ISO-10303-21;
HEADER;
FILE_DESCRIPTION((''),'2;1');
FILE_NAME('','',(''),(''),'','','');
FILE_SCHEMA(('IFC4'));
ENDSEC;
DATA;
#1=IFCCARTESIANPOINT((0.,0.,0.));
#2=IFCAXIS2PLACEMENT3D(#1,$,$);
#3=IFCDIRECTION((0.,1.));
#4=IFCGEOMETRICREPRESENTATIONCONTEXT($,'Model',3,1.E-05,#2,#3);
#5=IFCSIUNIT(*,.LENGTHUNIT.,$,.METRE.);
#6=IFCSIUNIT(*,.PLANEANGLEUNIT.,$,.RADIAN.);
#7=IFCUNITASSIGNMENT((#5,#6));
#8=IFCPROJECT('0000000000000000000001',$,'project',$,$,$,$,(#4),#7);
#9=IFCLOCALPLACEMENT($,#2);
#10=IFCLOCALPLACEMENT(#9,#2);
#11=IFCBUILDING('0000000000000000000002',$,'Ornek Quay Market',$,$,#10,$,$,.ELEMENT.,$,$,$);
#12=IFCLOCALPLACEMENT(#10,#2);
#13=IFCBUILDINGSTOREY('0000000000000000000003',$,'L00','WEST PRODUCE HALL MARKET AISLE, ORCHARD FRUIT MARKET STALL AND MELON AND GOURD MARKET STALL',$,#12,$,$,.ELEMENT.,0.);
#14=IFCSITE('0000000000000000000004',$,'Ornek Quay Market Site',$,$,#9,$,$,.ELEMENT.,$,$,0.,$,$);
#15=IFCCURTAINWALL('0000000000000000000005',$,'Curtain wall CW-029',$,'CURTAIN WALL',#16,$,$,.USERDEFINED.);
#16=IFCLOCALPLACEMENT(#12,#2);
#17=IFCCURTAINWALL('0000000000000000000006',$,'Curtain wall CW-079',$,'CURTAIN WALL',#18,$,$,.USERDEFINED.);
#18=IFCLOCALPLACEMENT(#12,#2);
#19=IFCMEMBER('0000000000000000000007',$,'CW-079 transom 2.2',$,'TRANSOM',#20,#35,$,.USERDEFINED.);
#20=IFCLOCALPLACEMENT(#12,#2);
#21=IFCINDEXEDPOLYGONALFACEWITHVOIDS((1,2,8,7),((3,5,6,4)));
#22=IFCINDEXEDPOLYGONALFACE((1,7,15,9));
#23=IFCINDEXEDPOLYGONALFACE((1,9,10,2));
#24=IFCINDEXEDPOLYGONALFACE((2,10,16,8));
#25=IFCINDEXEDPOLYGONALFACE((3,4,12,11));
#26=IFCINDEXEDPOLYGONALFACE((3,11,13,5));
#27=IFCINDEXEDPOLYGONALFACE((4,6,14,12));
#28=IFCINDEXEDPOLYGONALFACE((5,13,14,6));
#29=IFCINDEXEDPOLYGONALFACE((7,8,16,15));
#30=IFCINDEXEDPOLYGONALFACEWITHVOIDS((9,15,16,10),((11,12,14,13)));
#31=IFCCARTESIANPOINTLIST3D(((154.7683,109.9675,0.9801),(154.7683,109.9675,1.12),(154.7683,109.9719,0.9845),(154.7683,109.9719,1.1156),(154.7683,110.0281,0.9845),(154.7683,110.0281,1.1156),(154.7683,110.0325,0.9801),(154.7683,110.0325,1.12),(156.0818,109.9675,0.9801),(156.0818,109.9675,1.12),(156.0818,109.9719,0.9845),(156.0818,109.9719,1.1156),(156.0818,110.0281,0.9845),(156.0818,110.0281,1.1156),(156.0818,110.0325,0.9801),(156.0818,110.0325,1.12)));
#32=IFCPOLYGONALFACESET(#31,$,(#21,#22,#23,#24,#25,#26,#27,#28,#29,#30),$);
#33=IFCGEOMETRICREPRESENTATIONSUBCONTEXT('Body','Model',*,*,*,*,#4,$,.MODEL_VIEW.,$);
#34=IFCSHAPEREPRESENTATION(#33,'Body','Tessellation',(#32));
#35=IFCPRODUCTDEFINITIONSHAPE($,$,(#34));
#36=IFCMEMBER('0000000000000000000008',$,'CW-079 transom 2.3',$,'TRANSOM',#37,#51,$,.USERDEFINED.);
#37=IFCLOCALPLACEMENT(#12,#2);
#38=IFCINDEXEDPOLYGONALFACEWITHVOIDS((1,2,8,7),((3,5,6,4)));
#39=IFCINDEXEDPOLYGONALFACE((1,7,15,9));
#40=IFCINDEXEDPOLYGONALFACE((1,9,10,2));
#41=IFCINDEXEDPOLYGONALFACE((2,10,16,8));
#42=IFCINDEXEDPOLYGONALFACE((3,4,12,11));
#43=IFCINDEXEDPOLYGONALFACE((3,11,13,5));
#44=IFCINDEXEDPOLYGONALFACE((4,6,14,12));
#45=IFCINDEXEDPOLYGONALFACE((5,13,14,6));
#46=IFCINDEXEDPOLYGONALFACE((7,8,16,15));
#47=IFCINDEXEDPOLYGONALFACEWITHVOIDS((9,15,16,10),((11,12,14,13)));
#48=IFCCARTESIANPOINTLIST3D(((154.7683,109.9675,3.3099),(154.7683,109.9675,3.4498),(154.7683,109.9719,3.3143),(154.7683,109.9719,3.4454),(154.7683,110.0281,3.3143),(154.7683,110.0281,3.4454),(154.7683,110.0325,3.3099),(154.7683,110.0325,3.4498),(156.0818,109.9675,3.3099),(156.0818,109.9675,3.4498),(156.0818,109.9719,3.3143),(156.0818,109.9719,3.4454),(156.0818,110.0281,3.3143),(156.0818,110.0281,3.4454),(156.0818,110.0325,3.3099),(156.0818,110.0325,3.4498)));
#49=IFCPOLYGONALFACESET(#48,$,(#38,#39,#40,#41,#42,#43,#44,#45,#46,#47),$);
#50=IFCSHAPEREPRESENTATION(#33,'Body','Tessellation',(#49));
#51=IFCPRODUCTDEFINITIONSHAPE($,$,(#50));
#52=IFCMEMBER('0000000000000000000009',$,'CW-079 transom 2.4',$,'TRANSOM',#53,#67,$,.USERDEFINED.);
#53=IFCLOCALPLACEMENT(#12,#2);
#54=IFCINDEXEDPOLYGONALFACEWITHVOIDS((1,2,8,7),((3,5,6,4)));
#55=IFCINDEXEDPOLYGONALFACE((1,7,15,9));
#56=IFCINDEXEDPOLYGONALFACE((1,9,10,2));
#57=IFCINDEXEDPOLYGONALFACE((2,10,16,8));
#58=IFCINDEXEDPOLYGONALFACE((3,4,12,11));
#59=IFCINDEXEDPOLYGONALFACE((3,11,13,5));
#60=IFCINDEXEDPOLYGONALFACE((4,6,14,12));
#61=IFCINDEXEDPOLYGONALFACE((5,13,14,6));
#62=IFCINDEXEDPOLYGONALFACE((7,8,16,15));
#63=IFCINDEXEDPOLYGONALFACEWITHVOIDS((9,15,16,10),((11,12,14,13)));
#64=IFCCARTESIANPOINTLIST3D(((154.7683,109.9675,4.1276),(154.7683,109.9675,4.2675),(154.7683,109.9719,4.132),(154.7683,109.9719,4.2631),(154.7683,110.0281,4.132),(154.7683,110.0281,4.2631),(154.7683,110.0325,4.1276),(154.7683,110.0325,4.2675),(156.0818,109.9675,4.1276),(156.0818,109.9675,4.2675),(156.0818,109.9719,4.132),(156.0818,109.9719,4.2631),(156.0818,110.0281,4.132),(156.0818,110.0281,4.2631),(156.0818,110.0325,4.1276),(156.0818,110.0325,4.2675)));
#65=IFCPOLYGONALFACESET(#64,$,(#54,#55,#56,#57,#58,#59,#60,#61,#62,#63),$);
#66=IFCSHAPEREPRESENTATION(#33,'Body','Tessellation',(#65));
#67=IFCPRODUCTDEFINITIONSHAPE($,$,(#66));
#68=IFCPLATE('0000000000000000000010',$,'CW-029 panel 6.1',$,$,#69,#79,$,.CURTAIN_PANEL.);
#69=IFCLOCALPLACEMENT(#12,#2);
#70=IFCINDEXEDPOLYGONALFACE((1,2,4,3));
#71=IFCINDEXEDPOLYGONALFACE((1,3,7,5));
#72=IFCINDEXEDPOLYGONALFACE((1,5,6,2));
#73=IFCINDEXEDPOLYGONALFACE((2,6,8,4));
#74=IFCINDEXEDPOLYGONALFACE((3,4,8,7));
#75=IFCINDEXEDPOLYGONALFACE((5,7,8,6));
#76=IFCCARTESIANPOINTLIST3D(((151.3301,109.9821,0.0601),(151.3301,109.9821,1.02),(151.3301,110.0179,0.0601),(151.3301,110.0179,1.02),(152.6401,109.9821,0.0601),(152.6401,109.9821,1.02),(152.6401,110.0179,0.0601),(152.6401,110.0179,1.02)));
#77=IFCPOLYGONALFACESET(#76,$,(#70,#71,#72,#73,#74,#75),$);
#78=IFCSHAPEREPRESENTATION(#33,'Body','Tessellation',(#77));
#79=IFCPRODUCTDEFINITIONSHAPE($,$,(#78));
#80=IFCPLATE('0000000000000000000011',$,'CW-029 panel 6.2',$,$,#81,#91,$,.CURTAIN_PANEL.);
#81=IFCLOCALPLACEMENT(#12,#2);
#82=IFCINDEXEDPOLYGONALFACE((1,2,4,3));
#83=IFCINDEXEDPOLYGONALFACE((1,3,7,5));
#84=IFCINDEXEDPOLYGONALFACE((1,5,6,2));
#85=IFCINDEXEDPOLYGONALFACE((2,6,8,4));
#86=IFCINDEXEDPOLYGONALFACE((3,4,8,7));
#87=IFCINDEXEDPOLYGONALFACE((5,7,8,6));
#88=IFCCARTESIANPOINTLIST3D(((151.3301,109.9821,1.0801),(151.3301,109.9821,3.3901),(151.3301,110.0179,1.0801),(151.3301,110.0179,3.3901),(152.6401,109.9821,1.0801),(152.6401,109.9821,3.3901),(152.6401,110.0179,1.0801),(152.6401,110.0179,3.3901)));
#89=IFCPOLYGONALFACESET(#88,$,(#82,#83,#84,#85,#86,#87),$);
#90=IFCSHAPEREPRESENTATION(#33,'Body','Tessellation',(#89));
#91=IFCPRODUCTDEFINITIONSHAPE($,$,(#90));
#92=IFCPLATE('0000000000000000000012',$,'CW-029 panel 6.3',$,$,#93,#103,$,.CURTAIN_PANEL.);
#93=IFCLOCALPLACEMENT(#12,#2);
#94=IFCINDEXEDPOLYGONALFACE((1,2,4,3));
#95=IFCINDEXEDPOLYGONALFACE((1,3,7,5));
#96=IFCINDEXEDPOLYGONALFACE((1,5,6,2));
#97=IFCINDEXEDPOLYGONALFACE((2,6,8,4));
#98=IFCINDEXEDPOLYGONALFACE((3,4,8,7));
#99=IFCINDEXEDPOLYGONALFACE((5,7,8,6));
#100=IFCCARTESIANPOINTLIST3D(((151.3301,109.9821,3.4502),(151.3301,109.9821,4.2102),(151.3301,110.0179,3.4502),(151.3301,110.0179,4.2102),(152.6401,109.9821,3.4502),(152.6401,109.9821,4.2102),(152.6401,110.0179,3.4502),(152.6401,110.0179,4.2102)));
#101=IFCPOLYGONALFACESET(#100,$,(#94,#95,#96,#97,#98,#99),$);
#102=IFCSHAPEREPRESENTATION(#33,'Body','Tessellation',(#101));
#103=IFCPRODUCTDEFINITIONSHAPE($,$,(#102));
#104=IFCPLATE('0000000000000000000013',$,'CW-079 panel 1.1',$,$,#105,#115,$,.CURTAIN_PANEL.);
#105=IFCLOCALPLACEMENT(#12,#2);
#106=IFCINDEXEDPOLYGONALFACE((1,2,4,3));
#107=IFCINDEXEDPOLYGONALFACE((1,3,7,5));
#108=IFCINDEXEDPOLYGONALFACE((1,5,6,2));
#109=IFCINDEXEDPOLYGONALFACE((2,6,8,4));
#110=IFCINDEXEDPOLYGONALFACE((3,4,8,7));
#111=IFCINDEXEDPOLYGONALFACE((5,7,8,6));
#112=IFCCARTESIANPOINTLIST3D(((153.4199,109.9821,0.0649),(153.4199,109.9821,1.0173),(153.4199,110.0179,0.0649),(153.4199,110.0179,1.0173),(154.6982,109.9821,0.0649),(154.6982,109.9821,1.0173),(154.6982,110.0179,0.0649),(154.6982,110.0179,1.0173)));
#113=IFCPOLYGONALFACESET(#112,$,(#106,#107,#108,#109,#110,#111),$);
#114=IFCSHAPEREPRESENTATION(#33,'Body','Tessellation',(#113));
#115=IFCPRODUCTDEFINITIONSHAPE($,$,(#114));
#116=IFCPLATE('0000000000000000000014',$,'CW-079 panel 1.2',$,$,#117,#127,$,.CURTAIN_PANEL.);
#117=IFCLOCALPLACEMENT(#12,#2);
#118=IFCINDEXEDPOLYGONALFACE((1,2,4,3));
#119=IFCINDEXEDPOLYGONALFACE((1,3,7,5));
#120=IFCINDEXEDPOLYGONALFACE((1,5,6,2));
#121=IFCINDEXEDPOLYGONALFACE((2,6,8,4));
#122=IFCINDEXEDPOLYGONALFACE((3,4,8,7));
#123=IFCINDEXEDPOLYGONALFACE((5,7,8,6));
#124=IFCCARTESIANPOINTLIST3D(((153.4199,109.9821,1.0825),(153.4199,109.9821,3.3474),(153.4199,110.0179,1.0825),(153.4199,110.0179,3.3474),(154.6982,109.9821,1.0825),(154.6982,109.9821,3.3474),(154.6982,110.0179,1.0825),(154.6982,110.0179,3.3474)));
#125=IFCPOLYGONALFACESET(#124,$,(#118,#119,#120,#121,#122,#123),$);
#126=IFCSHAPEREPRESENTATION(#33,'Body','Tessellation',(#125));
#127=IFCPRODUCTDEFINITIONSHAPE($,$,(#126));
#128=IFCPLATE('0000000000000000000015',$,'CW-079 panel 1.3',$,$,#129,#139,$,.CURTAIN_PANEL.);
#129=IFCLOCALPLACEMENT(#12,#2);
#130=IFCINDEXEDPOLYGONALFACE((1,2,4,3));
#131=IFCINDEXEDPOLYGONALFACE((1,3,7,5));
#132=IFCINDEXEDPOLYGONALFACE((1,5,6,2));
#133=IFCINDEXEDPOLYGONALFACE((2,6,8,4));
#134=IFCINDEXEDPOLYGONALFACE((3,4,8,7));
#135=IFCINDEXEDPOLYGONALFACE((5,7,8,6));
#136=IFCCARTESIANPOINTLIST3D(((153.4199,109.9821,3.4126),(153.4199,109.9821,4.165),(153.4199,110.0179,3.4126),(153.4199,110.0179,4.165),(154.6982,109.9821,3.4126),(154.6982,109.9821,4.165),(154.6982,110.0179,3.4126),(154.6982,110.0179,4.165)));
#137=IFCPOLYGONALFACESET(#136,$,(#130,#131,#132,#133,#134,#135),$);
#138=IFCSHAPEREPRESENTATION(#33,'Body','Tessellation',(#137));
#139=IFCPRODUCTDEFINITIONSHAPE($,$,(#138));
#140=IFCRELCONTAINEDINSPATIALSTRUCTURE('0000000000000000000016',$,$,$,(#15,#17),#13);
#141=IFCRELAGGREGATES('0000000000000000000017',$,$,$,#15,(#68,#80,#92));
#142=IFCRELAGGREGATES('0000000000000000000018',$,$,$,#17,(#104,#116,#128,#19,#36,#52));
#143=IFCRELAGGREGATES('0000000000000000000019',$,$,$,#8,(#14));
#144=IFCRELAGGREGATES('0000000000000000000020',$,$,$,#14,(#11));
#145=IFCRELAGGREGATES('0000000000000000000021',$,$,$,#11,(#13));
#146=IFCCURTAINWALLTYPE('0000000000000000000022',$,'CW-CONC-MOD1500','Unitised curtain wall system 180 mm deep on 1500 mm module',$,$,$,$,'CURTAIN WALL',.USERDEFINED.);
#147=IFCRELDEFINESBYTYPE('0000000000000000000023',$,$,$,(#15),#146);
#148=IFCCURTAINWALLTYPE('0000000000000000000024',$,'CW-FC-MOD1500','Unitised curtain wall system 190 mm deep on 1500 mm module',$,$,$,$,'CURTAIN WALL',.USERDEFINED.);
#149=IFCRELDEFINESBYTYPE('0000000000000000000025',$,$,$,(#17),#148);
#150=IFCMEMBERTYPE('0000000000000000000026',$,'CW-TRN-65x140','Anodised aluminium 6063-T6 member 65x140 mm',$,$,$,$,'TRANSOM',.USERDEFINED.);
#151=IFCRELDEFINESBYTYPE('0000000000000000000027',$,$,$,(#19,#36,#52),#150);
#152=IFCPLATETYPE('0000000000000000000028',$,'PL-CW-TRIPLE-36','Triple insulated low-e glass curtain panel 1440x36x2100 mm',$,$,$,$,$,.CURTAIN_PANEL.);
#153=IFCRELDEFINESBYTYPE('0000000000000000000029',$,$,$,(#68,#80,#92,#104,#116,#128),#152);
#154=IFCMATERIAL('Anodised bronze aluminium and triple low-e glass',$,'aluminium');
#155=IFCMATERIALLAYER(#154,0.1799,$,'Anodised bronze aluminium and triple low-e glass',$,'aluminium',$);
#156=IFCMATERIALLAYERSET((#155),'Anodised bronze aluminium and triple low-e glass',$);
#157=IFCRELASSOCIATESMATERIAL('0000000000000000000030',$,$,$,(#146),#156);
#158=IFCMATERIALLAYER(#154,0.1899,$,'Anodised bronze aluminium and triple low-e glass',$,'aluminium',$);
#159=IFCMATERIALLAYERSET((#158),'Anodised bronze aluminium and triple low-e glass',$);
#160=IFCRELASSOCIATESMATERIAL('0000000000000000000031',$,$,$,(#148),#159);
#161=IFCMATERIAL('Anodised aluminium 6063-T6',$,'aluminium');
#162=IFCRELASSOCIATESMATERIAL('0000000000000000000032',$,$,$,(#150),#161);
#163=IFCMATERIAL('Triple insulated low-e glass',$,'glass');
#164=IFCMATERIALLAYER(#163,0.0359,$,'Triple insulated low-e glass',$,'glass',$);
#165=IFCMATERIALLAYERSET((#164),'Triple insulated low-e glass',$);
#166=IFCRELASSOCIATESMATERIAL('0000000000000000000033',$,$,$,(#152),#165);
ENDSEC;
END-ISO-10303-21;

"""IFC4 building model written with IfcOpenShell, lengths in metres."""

from ifc_helpers import new_model, si_unit, direction, frame, origin, origin_2d, place, context, subcontext, project, spatial, rectangle, hollow_rectangle, extrude, material, layer, layer_set, material_profile, profile_set, type_object, element, aggregate, save


model = new_model("IFC4")

# Units and contexts
model_context = context("Model", 3, precision=1e-05, world=origin(), true_north=direction((0.0, 1.0)))
body_context = subcontext(model_context, "Body", "Model", "MODEL_VIEW")
ifc_project = project(units=[si_unit("LENGTHUNIT", "METRE"), si_unit("PLANEANGLEUNIT", "RADIAN")], contexts=[model_context])

# Site, building, storey
site_placement = place(None, origin())
site = spatial("IfcSite", under=ifc_project, at=site_placement, Name="Ornek Quay Market Site", CompositionType="ELEMENT", RefElevation=0.0)
building_placement = place(site_placement, origin())
building = spatial("IfcBuilding", under=site, at=building_placement, Name="Ornek Quay Market", CompositionType="ELEMENT")
storey_placement = place(building_placement, origin())
storey = spatial("IfcBuildingStorey", under=building, at=storey_placement, Name="L00", Description="WEST PRODUCE HALL MARKET AISLE, ORCHARD FRUIT MARKET STALL AND MELON AND GOURD MARKET STALL", CompositionType="ELEMENT", Elevation=0.0)

# Curtain wall
ifc_material_1 = material(Name="Anodised bronze aluminium and triple low-e glass", Category="aluminium")
ifc_layer_1 = layer(ifc_material_1, 0.1799, Name="Anodised bronze aluminium and triple low-e glass", Category="aluminium")
ifc_layer_set_1 = layer_set([ifc_layer_1], Name="Anodised bronze aluminium and triple low-e glass")
curtain_wall_type_1 = type_object("IfcCurtainWallType", Name="CW-CONC-MOD1500", Description="Unitised curtain wall system 180 mm deep on 1500 mm module", ElementType="CURTAIN WALL", PredefinedType="USERDEFINED", material=ifc_layer_set_1)
curtain_wall_1_placement = place(storey_placement, origin())
curtain_wall_1 = element("IfcCurtainWall", 1, at=curtain_wall_1_placement, inside=storey, type_object=curtain_wall_type_1, Name="Curtain wall CW-029", ObjectType="CURTAIN WALL", PredefinedType="USERDEFINED")
ifc_material_2 = material(Name="Anodised aluminium 6063-T6", Category="aluminium")

# Curtain wall, members
ifc_layer_2 = layer(ifc_material_1, 0.1899, Name="Anodised bronze aluminium and triple low-e glass", Category="aluminium")
ifc_layer_set_2 = layer_set([ifc_layer_2], Name="Anodised bronze aluminium and triple low-e glass")
curtain_wall_type_2 = type_object("IfcCurtainWallType", Name="CW-FC-MOD1500", Description="Unitised curtain wall system 190 mm deep on 1500 mm module", ElementType="CURTAIN WALL", PredefinedType="USERDEFINED", material=ifc_layer_set_2)
curtain_wall_2_placement = place(storey_placement, origin())
curtain_wall_2 = element("IfcCurtainWall", 2, at=curtain_wall_2_placement, inside=storey, type_object=curtain_wall_type_2, Name="Curtain wall CW-079", ObjectType="CURTAIN WALL", PredefinedType="USERDEFINED")
ifc_material_profile_1 = material_profile(ifc_material_2, hollow_rectangle(XDim=0.0649, YDim=0.1399, WallThickness=0.0044, at=origin_2d()), Name="CW-TRN-65x140", Category="aluminium")
ifc_profile_set_1 = profile_set([ifc_material_profile_1], Name="Anodised aluminium 6063-T6")
member_type_1 = type_object("IfcMemberType", Name="CW-TRN-65x140", Description="Anodised aluminium 6063-T6 member 65x140 mm", ElementType="TRANSOM", PredefinedType="USERDEFINED", material=ifc_profile_set_1)
member_1_placement = place(storey_placement, frame((154.7683, 110.0, 1.05), z_axis=(1.0, 0.0, 0.0), x_axis=(0.0, 1.0, 0.0)))
member_1 = element("IfcMember", 3, at=member_1_placement, type_object=member_type_1, Name="CW-079 transom 2.2", ObjectType="TRANSOM", PredefinedType="USERDEFINED", context=body_context, shape_type="SweptSolid", body=[
    extrude(hollow_rectangle(XDim=0.0649, YDim=0.1399, WallThickness=0.0044, at=origin_2d()), origin(), (0.0, 0.0, 1.0), 1.3135),
])
member_2_placement = place(storey_placement, frame((154.7683, 110.0, 3.3799), z_axis=(1.0, 0.0, 0.0), x_axis=(0.0, 1.0, 0.0)))
member_2 = element("IfcMember", 4, at=member_2_placement, type_object=member_type_1, Name="CW-079 transom 2.3", ObjectType="TRANSOM", PredefinedType="USERDEFINED", context=body_context, shape_type="SweptSolid", body=[
    extrude(hollow_rectangle(XDim=0.0649, YDim=0.1399, WallThickness=0.0044, at=origin_2d()), origin(), (0.0, 0.0, 1.0), 1.3135),
])
member_3_placement = place(storey_placement, frame((154.7683, 110.0, 4.1975), z_axis=(1.0, 0.0, 0.0), x_axis=(0.0, 1.0, 0.0)))
member_3 = element("IfcMember", 5, at=member_3_placement, type_object=member_type_1, Name="CW-079 transom 2.4", ObjectType="TRANSOM", PredefinedType="USERDEFINED", context=body_context, shape_type="SweptSolid", body=[
    extrude(hollow_rectangle(XDim=0.0649, YDim=0.1399, WallThickness=0.0044, at=origin_2d()), origin(), (0.0, 0.0, 1.0), 1.3135),
])

# Plates
ifc_material_3 = material(Name="Triple insulated low-e glass", Category="glass")
ifc_layer_3 = layer(ifc_material_3, 0.0359, Name="Triple insulated low-e glass", Category="glass")
ifc_layer_set_3 = layer_set([ifc_layer_3], Name="Triple insulated low-e glass")
plate_type = type_object("IfcPlateType", Name="PL-CW-TRIPLE-36", Description="Triple insulated low-e glass curtain panel 1440x36x2100 mm", PredefinedType="CURTAIN_PANEL", material=ifc_layer_set_3)
plate_1_placement = place(storey_placement, frame((151.9851, 110.0, 0.0601), z_axis=(0.0, 0.0, 1.0), x_axis=(1.0, 0.0, 0.0)))
plate_1 = element("IfcPlate", 6, at=plate_1_placement, type_object=plate_type, Name="CW-029 panel 6.1", PredefinedType="CURTAIN_PANEL", context=body_context, shape_type="SweptSolid", body=[
    extrude(rectangle(XDim=1.3101, YDim=0.0359, at=origin_2d()), origin(), (0.0, 0.0, 1.0), 0.96),
])
plate_2_placement = place(storey_placement, frame((151.9851, 110.0, 1.0801), z_axis=(0.0, 0.0, 1.0), x_axis=(1.0, 0.0, 0.0)))
plate_2 = element("IfcPlate", 7, at=plate_2_placement, type_object=plate_type, Name="CW-029 panel 6.2", PredefinedType="CURTAIN_PANEL", context=body_context, shape_type="SweptSolid", body=[
    extrude(rectangle(XDim=1.3101, YDim=0.0359, at=origin_2d()), origin(), (0.0, 0.0, 1.0), 2.3101),
])
plate_3_placement = place(storey_placement, frame((151.9851, 110.0, 3.4502), z_axis=(0.0, 0.0, 1.0), x_axis=(1.0, 0.0, 0.0)))
plate_3 = element("IfcPlate", 8, at=plate_3_placement, type_object=plate_type, Name="CW-029 panel 6.3", PredefinedType="CURTAIN_PANEL", context=body_context, shape_type="SweptSolid", body=[
    extrude(rectangle(XDim=1.3101, YDim=0.0359, at=origin_2d()), origin(), (0.0, 0.0, 1.0), 0.76),
])
aggregate(curtain_wall_1, [plate_1, plate_2, plate_3])
plate_4_placement = place(storey_placement, frame((154.0591, 110.0, 0.0649), z_axis=(0.0, 0.0, 1.0), x_axis=(1.0, 0.0, 0.0)))
plate_4 = element("IfcPlate", 9, at=plate_4_placement, type_object=plate_type, Name="CW-079 panel 1.1", PredefinedType="CURTAIN_PANEL", context=body_context, shape_type="SweptSolid", body=[
    extrude(rectangle(XDim=1.2783, YDim=0.0359, at=origin_2d()), origin(), (0.0, 0.0, 1.0), 0.9524),
])
plate_5_placement = place(storey_placement, frame((154.0591, 110.0, 1.0825), z_axis=(0.0, 0.0, 1.0), x_axis=(1.0, 0.0, 0.0)))
plate_5 = element("IfcPlate", 10, at=plate_5_placement, type_object=plate_type, Name="CW-079 panel 1.2", PredefinedType="CURTAIN_PANEL", context=body_context, shape_type="SweptSolid", body=[
    extrude(rectangle(XDim=1.2783, YDim=0.0359, at=origin_2d()), origin(), (0.0, 0.0, 1.0), 2.2649),
])
plate_6_placement = place(storey_placement, frame((154.0591, 110.0, 3.4126), z_axis=(0.0, 0.0, 1.0), x_axis=(1.0, 0.0, 0.0)))
plate_6 = element("IfcPlate", 11, at=plate_6_placement, type_object=plate_type, Name="CW-079 panel 1.3", PredefinedType="CURTAIN_PANEL", context=body_context, shape_type="SweptSolid", body=[
    extrude(rectangle(XDim=1.2783, YDim=0.0359, at=origin_2d()), origin(), (0.0, 0.0, 1.0), 0.7524),
])
aggregate(curtain_wall_2, [plate_4, plate_5, plate_6, member_1, member_2, member_3])

save(model, "model.ifc")
